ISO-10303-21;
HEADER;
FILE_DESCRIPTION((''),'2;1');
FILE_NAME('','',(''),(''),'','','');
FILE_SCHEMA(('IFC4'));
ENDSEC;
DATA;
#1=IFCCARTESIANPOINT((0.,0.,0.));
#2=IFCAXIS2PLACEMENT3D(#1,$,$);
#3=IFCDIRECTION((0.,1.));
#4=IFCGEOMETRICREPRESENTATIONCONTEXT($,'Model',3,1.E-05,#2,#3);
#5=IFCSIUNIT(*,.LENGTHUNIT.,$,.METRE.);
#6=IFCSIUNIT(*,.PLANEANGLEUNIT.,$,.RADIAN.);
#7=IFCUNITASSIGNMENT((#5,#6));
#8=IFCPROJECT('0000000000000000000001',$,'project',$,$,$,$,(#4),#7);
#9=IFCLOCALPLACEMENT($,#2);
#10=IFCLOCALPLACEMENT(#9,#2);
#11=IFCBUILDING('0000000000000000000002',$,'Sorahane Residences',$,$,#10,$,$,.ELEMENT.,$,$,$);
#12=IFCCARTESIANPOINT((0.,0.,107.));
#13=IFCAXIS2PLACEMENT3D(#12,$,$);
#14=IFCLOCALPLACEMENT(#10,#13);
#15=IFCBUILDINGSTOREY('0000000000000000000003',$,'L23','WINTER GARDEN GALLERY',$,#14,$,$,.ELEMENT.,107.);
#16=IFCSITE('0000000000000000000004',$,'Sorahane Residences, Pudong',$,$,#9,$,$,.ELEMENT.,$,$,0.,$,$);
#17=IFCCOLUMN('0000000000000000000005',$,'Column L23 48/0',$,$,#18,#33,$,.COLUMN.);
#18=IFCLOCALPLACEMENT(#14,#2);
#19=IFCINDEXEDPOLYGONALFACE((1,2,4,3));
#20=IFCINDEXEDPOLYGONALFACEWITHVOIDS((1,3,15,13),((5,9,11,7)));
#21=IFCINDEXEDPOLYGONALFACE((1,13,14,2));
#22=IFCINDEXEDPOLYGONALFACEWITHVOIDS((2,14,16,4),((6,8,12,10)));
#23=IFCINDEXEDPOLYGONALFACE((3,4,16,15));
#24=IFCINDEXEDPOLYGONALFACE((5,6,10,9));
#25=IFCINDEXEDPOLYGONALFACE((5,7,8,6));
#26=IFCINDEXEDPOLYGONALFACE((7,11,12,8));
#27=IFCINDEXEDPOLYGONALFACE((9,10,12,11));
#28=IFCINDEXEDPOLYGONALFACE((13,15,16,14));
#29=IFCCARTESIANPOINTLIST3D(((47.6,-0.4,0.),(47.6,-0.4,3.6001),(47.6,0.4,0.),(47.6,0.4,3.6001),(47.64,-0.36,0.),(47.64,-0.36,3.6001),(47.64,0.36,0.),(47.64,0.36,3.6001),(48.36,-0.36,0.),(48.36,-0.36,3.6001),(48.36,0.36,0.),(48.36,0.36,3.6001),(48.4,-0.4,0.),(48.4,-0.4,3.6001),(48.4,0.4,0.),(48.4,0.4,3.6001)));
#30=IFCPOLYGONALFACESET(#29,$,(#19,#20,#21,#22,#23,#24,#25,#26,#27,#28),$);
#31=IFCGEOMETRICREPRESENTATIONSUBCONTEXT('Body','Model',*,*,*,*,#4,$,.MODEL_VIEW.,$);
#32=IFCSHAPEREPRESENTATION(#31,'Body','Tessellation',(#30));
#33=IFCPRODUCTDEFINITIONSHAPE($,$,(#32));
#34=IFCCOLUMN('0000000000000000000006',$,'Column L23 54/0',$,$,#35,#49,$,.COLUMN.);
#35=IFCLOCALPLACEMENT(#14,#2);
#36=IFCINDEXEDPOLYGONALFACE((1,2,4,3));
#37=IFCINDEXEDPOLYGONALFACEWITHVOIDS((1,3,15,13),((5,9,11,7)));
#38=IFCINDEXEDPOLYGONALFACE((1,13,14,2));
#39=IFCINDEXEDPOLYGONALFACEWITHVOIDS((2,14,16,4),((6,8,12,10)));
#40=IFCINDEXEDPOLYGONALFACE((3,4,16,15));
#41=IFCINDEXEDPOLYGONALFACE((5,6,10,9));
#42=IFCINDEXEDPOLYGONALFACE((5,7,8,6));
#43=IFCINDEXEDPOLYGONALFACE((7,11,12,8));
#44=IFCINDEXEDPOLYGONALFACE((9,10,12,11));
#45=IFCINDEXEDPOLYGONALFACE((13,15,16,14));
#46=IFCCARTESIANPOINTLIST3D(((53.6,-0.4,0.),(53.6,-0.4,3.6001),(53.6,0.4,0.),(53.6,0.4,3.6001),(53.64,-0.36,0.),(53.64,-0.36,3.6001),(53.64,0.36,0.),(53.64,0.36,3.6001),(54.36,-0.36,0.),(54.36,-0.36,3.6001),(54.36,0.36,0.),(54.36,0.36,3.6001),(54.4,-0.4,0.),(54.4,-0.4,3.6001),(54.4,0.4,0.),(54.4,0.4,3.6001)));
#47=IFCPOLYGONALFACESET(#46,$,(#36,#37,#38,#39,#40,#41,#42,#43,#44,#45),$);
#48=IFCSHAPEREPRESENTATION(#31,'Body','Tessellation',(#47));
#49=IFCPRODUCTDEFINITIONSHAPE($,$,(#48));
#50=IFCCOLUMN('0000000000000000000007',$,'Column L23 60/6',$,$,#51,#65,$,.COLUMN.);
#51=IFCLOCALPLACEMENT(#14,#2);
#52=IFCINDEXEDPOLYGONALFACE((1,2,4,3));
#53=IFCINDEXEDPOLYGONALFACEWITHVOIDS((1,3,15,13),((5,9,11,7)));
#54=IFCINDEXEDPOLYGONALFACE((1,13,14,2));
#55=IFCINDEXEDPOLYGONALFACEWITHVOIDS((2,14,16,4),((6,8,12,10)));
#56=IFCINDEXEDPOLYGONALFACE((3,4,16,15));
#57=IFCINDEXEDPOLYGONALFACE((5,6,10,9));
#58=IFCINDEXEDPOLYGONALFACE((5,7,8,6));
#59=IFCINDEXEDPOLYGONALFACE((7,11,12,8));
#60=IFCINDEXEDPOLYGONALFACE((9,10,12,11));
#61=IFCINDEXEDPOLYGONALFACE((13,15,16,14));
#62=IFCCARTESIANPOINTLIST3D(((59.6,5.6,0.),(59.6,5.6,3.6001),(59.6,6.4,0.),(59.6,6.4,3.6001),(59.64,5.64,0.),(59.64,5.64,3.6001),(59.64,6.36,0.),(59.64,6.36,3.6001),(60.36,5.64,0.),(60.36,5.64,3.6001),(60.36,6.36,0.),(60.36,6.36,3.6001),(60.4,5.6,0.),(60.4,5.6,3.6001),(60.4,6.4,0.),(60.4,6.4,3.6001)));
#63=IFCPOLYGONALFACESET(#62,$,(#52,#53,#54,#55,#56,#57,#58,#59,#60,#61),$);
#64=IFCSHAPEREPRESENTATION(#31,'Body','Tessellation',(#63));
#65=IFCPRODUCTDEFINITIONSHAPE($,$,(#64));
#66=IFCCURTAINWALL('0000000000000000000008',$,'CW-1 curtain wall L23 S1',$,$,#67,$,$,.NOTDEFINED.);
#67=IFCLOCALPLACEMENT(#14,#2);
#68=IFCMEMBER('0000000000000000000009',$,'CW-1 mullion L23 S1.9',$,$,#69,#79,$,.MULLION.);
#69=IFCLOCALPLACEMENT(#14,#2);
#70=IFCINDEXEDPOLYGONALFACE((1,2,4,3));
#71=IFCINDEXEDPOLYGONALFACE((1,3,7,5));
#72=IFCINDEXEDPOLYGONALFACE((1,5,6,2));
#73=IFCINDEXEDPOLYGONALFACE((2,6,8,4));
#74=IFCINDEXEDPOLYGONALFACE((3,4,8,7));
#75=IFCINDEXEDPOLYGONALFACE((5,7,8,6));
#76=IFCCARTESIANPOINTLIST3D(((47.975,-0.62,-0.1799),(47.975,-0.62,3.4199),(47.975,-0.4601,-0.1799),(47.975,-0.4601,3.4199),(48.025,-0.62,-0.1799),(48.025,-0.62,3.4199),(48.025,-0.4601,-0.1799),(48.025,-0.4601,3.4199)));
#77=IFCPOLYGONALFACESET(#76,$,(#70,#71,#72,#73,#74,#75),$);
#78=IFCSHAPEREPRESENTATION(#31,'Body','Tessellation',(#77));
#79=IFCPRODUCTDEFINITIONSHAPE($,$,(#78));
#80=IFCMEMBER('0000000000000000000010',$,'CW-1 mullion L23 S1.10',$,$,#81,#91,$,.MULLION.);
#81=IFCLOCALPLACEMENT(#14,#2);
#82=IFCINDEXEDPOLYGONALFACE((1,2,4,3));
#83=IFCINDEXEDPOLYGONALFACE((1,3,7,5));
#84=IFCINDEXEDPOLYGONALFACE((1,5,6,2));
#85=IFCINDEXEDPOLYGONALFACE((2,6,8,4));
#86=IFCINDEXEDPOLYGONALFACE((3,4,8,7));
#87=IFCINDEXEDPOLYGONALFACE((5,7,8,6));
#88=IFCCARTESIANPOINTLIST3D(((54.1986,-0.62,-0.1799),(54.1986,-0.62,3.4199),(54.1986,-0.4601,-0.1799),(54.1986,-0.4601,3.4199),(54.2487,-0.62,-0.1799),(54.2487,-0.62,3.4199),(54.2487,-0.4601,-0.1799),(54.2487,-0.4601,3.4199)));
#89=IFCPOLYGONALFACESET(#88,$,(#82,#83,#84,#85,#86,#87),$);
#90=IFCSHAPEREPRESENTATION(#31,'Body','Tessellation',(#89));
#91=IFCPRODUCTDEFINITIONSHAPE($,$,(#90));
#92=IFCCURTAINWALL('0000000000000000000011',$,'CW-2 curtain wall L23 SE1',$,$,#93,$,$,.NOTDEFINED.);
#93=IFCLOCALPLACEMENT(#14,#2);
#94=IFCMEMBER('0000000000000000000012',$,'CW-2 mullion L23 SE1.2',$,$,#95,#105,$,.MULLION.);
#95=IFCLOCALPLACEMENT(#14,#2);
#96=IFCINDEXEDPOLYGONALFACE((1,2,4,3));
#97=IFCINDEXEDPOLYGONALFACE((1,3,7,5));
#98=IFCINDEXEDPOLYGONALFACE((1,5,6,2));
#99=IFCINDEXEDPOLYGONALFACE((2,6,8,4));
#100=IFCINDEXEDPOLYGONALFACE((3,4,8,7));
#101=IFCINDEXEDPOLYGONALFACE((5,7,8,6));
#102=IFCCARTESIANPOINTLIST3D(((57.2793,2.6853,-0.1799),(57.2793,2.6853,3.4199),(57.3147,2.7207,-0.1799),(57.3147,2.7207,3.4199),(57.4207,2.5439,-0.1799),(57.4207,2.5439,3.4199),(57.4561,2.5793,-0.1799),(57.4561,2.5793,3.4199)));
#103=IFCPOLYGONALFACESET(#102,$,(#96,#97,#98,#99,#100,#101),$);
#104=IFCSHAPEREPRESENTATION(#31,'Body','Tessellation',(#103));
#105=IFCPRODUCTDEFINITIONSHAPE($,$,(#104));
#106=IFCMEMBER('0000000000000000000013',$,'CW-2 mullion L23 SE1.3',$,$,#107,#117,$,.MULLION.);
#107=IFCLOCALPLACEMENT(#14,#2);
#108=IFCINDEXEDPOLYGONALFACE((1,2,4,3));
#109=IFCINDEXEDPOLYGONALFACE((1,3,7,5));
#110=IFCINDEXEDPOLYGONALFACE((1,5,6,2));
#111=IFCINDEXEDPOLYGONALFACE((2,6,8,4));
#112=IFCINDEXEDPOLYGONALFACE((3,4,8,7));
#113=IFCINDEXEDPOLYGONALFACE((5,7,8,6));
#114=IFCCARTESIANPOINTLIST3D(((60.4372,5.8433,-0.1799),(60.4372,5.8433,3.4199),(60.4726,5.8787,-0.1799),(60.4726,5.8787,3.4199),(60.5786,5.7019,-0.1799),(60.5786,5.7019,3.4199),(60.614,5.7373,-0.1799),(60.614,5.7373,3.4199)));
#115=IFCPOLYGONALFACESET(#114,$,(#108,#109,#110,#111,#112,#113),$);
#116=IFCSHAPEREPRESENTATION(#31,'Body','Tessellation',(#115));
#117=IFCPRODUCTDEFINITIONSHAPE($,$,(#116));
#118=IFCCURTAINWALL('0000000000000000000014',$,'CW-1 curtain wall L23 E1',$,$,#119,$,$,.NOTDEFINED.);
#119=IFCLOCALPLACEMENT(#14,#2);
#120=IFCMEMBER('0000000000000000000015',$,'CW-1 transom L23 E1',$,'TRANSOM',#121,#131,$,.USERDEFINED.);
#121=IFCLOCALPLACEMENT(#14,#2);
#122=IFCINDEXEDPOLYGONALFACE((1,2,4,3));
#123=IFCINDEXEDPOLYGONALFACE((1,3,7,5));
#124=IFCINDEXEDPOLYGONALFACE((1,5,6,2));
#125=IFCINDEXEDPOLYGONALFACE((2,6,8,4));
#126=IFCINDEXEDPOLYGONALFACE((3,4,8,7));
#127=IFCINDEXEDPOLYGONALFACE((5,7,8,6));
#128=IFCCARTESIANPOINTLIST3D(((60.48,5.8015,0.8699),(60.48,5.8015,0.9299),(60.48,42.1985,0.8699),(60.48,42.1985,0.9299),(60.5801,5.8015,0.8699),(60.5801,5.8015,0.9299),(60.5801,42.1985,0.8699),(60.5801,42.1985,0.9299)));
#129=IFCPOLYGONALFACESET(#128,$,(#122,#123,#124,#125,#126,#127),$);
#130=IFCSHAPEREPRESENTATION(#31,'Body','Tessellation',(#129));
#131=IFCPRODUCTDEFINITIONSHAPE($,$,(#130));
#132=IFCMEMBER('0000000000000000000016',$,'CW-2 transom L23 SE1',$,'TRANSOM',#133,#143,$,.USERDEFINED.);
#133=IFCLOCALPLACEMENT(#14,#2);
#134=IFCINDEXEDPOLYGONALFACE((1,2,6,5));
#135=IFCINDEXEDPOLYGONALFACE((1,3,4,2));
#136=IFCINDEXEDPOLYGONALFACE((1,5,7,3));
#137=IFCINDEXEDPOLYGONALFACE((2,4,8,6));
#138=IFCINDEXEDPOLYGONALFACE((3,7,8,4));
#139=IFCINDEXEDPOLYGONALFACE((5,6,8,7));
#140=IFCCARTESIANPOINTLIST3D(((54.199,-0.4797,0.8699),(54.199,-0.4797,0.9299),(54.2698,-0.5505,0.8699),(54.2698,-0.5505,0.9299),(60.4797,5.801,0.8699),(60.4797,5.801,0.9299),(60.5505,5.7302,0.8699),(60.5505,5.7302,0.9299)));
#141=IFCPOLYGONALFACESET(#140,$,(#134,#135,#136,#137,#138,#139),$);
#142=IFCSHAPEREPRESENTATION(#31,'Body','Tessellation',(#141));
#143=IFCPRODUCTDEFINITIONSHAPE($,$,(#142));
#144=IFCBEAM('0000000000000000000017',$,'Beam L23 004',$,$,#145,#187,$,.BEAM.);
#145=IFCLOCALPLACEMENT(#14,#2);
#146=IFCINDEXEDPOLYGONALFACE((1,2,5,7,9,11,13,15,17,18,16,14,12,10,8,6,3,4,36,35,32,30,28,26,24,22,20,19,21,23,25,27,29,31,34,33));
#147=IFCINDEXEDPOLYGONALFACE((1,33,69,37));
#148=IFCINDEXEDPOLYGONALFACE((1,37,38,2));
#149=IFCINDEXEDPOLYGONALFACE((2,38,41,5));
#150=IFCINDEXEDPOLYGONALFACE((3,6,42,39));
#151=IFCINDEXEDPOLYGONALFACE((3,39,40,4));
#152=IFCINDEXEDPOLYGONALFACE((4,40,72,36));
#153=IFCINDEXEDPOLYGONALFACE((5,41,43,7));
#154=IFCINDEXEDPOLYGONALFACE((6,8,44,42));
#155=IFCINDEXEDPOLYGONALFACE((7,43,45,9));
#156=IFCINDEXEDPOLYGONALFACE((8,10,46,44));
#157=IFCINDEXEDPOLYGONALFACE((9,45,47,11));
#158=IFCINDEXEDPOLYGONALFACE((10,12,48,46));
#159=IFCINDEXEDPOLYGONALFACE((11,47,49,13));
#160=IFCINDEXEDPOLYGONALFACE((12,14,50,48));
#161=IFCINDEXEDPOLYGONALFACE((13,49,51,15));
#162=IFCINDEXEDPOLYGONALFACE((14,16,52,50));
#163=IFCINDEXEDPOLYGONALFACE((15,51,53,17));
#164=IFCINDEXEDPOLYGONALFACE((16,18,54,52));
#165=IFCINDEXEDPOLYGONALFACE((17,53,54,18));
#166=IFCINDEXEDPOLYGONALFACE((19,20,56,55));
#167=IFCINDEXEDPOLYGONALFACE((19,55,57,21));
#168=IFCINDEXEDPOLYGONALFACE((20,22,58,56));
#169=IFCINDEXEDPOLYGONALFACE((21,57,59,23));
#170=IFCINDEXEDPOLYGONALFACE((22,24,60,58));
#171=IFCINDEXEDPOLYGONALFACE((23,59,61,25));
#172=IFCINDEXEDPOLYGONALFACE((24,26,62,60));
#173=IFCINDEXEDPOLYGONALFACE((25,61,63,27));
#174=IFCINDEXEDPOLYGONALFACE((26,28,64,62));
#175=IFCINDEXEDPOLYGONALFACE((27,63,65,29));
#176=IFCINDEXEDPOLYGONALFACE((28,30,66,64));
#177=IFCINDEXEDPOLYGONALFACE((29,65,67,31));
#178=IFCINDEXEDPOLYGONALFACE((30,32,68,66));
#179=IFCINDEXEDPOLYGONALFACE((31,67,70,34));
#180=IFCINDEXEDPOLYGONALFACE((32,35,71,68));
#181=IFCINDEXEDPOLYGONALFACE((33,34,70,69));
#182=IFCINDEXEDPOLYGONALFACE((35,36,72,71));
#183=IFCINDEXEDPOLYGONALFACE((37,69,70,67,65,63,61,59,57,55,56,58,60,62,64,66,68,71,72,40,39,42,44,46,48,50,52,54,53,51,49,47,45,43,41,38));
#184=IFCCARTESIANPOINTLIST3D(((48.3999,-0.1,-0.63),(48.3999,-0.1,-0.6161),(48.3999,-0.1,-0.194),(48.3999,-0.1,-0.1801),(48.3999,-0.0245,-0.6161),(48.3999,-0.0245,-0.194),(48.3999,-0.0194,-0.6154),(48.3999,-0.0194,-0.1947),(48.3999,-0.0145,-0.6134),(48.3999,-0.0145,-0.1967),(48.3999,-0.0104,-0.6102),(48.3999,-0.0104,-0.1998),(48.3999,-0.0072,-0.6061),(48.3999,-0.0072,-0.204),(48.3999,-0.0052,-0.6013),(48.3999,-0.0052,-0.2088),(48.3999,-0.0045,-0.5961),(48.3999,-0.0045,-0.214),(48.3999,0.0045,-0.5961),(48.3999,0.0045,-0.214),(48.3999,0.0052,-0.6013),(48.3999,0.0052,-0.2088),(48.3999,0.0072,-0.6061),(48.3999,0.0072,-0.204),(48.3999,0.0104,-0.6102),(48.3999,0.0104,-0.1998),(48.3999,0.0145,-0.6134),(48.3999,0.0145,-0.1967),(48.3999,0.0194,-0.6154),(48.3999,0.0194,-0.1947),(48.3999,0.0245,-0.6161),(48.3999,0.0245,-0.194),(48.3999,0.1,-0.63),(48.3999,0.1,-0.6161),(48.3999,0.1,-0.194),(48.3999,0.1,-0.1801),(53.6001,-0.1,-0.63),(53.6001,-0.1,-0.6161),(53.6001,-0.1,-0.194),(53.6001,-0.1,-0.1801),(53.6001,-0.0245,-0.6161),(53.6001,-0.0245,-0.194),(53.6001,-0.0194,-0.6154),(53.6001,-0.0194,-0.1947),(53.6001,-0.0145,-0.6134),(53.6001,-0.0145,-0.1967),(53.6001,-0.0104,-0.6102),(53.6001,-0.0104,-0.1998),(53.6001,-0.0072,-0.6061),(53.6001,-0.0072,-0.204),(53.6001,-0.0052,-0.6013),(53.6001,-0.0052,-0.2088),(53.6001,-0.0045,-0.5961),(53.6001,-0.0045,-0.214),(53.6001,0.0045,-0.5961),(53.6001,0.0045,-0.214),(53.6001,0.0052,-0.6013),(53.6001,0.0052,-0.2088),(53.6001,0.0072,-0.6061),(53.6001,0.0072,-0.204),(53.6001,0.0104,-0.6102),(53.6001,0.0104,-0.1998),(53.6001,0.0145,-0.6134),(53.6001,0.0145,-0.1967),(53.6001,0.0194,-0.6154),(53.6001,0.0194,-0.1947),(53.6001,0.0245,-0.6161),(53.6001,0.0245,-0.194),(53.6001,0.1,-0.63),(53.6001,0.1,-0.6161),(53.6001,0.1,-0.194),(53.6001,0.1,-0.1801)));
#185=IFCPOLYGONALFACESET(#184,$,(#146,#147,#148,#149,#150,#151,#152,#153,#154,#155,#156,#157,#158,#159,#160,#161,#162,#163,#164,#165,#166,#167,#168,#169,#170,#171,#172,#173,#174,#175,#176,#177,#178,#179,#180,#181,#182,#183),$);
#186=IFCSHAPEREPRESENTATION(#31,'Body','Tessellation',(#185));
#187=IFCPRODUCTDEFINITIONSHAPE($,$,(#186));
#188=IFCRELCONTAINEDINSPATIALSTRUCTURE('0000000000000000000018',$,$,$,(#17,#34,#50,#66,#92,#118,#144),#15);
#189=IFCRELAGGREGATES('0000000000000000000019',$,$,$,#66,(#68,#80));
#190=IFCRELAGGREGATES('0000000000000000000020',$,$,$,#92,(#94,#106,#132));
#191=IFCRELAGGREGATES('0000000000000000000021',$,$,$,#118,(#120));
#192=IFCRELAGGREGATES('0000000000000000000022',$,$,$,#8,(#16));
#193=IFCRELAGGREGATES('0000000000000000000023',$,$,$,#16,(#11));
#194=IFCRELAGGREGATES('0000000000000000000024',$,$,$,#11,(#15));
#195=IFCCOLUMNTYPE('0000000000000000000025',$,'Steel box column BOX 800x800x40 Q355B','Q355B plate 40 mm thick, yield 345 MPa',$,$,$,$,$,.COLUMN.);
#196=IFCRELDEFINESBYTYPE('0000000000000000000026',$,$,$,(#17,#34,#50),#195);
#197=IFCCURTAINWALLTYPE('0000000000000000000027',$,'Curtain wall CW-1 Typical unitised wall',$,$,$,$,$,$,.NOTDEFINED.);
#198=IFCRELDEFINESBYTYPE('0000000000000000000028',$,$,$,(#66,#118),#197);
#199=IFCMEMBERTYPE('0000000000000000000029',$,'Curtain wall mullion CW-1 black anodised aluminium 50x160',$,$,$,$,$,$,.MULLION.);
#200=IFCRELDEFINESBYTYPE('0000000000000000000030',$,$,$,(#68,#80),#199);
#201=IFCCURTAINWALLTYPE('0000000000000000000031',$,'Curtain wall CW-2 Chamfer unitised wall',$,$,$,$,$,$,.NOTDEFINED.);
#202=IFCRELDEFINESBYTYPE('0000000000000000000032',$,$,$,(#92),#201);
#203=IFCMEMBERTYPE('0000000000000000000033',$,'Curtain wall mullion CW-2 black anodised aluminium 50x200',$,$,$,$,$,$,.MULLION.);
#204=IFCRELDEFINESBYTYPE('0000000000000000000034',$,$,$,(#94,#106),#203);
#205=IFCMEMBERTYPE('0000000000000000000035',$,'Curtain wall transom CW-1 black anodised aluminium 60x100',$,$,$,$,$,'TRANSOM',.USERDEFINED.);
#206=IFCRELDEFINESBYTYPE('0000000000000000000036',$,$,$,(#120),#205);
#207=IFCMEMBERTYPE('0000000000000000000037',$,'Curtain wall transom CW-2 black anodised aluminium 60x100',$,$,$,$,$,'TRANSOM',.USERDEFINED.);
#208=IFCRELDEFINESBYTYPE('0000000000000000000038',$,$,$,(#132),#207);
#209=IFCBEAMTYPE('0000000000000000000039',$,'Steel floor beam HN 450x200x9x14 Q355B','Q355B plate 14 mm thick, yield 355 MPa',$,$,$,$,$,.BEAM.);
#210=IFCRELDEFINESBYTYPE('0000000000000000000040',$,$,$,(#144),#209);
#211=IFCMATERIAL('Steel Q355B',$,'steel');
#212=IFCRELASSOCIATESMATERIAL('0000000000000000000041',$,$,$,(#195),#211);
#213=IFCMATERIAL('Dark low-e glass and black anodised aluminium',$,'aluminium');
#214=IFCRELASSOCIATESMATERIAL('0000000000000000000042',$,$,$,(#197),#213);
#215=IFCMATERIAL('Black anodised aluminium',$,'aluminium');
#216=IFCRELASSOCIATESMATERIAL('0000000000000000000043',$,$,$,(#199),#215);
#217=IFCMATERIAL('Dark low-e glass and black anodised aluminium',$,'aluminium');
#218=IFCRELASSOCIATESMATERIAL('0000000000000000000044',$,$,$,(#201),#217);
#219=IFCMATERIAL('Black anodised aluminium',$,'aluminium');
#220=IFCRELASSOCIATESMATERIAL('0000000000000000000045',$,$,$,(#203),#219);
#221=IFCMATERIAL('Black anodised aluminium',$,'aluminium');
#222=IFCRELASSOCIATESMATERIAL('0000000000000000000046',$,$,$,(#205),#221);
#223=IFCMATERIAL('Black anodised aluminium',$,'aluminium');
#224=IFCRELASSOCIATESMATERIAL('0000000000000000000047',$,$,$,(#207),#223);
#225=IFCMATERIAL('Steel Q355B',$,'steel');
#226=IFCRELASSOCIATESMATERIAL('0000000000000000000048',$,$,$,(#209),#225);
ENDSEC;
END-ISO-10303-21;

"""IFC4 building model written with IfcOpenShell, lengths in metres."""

from ifc_helpers import new_model, si_unit, direction, frame, origin, origin_2d, place, context, subcontext, project, spatial, rectangle, hollow_rectangle, i_section, extrude, material, material_profile, profile_set, type_object, element, aggregate, save


model = new_model("IFC4")

# Units and contexts
model_context = context("Model", 3, precision=1e-05, world=origin(), true_north=direction((0.0, 1.0)))
body_context = subcontext(model_context, "Body", "Model", "MODEL_VIEW")
ifc_project = project(units=[si_unit("LENGTHUNIT", "METRE"), si_unit("PLANEANGLEUNIT", "RADIAN")], contexts=[model_context])

# Site, building, storey
site_placement = place(None, origin())
site = spatial("IfcSite", under=ifc_project, at=site_placement, Name="Sorahane Residences, Pudong", CompositionType="ELEMENT", RefElevation=0.0)
building_placement = place(site_placement, origin())
building = spatial("IfcBuilding", under=site, at=building_placement, Name="Sorahane Residences", CompositionType="ELEMENT")
storey_placement = place(building_placement, frame((0.0, 0.0, 107.0)))
storey = spatial("IfcBuildingStorey", under=building, at=storey_placement, Name="L23", Description="WINTER GARDEN GALLERY", CompositionType="ELEMENT", Elevation=107.0)

# Columns
ifc_material_1 = material(Name="Steel Q355B", Category="steel")
ifc_material_profile_1 = material_profile(ifc_material_1, hollow_rectangle(XDim=0.8, YDim=0.8, WallThickness=0.04, at=origin_2d()), Name="BOX 800x800x40")
ifc_profile_set_1 = profile_set([ifc_material_profile_1], Name="Steel Q355B")
column_type = type_object("IfcColumnType", Name="Steel box column BOX 800x800x40 Q355B", Description="Q355B plate 40 mm thick, yield 345 MPa", PredefinedType="COLUMN", material=ifc_profile_set_1)
for number, where, z_axis, x_axis, name in (
    (1, (48.0, 0.0, 0.0), (0.0, 0.0, 1.0), (1.0, 0.0, 0.0), "Column L23 48/0"),
    (2, (54.0, 0.0, 0.0), (0.0, 0.0, 1.0), (1.0, 0.0, 0.0), "Column L23 54/0"),
    (3, (60.0, 6.0, 0.0), (0.0, 0.0, 1.0), (1.0, 0.0, 0.0), "Column L23 60/6"),
):
    element("IfcColumn", number, at=place(storey_placement, frame(where, z_axis=z_axis, x_axis=x_axis)), inside=storey, type_object=column_type, Name=name, PredefinedType="COLUMN", context=body_context, shape_type="SweptSolid", body=[
        extrude(hollow_rectangle(XDim=0.8, YDim=0.8, WallThickness=0.04, at=origin_2d()), origin(), (0.0, 0.0, 1.0), 3.6001),
    ])

# Curtain walls, members
ifc_material_2 = material(Name="Dark low-e glass and black anodised aluminium", Category="aluminium")
curtain_wall_type_1 = type_object("IfcCurtainWallType", Name="Curtain wall CW-1 Typical unitised wall", PredefinedType="NOTDEFINED", material=ifc_material_2)
curtain_wall_1_placement = place(storey_placement, origin())
curtain_wall_1 = element("IfcCurtainWall", 4, at=curtain_wall_1_placement, inside=storey, type_object=curtain_wall_type_1, Name="CW-1 curtain wall L23 S1", PredefinedType="NOTDEFINED")
ifc_material_3 = material(Name="Black anodised aluminium", Category="aluminium")
ifc_material_profile_2 = material_profile(ifc_material_3, rectangle(XDim=0.1599, YDim=0.05, at=origin_2d()), Name="Curtain wall mullion CW-1 black anodised aluminium 50x160")
ifc_profile_set_2 = profile_set([ifc_material_profile_2], Name="Black anodised aluminium")
member_type_1 = type_object("IfcMemberType", Name="Curtain wall mullion CW-1 black anodised aluminium 50x160", PredefinedType="MULLION", material=ifc_profile_set_2)
member_1_placement = place(storey_placement, frame((48.0, -0.54, -0.1799), z_axis=(0.0, 0.0, 1.0), x_axis=(0.0, -1.0, 0.0)))
member_1 = element("IfcMember", 5, at=member_1_placement, type_object=member_type_1, Name="CW-1 mullion L23 S1.9", PredefinedType="MULLION", context=body_context, shape_type="SweptSolid", body=[
    extrude(rectangle(XDim=0.1599, YDim=0.05, at=origin_2d()), origin(), (0.0, 0.0, 1.0), 3.5999),
])
member_2_placement = place(storey_placement, frame((54.2236, -0.54, -0.1799), z_axis=(0.0, 0.0, 1.0), x_axis=(0.0, -1.0, 0.0)))
member_2 = element("IfcMember", 6, at=member_2_placement, type_object=member_type_1, Name="CW-1 mullion L23 S1.10", PredefinedType="MULLION", context=body_context, shape_type="SweptSolid", body=[
    extrude(rectangle(XDim=0.1599, YDim=0.05, at=origin_2d()), origin(), (0.0, 0.0, 1.0), 3.5999),
])
ifc_material_4 = material(Name="Dark low-e glass and black anodised aluminium", Category="aluminium")
curtain_wall_type_2 = type_object("IfcCurtainWallType", Name="Curtain wall CW-2 Chamfer unitised wall", PredefinedType="NOTDEFINED", material=ifc_material_4)
curtain_wall_2_placement = place(storey_placement, origin())
curtain_wall_2 = element("IfcCurtainWall", 7, at=curtain_wall_2_placement, inside=storey, type_object=curtain_wall_type_2, Name="CW-2 curtain wall L23 SE1", PredefinedType="NOTDEFINED")
ifc_material_5 = material(Name="Black anodised aluminium", Category="aluminium")
ifc_material_profile_3 = material_profile(ifc_material_5, rectangle(XDim=0.2, YDim=0.05, at=origin_2d()), Name="Curtain wall mullion CW-2 black anodised aluminium 50x200")
ifc_profile_set_3 = profile_set([ifc_material_profile_3], Name="Black anodised aluminium")
member_type_2 = type_object("IfcMemberType", Name="Curtain wall mullion CW-2 black anodised aluminium 50x200", PredefinedType="MULLION", material=ifc_profile_set_3)
member_3_placement = place(storey_placement, frame((57.3677, 2.6323, -0.1799), z_axis=(0.0, 0.0, 1.0), x_axis=(0.707107, -0.707107, 0.0)))
member_3 = element("IfcMember", 8, at=member_3_placement, type_object=member_type_2, Name="CW-2 mullion L23 SE1.2", PredefinedType="MULLION", context=body_context, shape_type="SweptSolid", body=[
    extrude(rectangle(XDim=0.2, YDim=0.05, at=origin_2d()), origin(), (0.0, 0.0, 1.0), 3.5999),
])
member_4_placement = place(storey_placement, frame((60.5256, 5.7903, -0.1799), z_axis=(0.0, 0.0, 1.0), x_axis=(0.707107, -0.707107, 0.0)))
member_4 = element("IfcMember", 9, at=member_4_placement, type_object=member_type_2, Name="CW-2 mullion L23 SE1.3", PredefinedType="MULLION", context=body_context, shape_type="SweptSolid", body=[
    extrude(rectangle(XDim=0.2, YDim=0.05, at=origin_2d()), origin(), (0.0, 0.0, 1.0), 3.5999),
])

# Curtain wall, member
curtain_wall_3_placement = place(storey_placement, origin())
curtain_wall_3 = element("IfcCurtainWall", 10, at=curtain_wall_3_placement, inside=storey, type_object=curtain_wall_type_1, Name="CW-1 curtain wall L23 E1", PredefinedType="NOTDEFINED")
ifc_material_6 = material(Name="Black anodised aluminium", Category="aluminium")
ifc_material_profile_4 = material_profile(ifc_material_6, rectangle(XDim=0.1001, YDim=0.0601, at=origin_2d()), Name="Curtain wall transom CW-1 black anodised aluminium 60x100")
ifc_profile_set_4 = profile_set([ifc_material_profile_4], Name="Black anodised aluminium")
member_type_3 = type_object("IfcMemberType", Name="Curtain wall transom CW-1 black anodised aluminium 60x100", ElementType="TRANSOM", PredefinedType="USERDEFINED", material=ifc_profile_set_4)
member_5_placement = place(storey_placement, frame((60.53, 5.8015, 0.8999), z_axis=(0.0, 1.0, 0.0), x_axis=(-1.0, 0.0, 0.0)))
member_5 = element("IfcMember", 11, at=member_5_placement, type_object=member_type_3, Name="CW-1 transom L23 E1", ObjectType="TRANSOM", PredefinedType="USERDEFINED", context=body_context, shape_type="SweptSolid", body=[
    extrude(rectangle(XDim=0.1001, YDim=0.0601, at=origin_2d()), origin(), (0.0, 0.0, 1.0), 36.397),
])

# Member
ifc_material_7 = material(Name="Black anodised aluminium", Category="aluminium")
ifc_material_profile_5 = material_profile(ifc_material_7, rectangle(XDim=0.1001, YDim=0.0601, at=origin_2d()), Name="Curtain wall transom CW-2 black anodised aluminium 60x100")
ifc_profile_set_5 = profile_set([ifc_material_profile_5], Name="Black anodised aluminium")
member_type_4 = type_object("IfcMemberType", Name="Curtain wall transom CW-2 black anodised aluminium 60x100", ElementType="TRANSOM", PredefinedType="USERDEFINED", material=ifc_profile_set_5)
member_6_placement = place(storey_placement, frame((54.2344, -0.5151, 0.8999), z_axis=(0.707107, 0.707107, 0.0), x_axis=(-0.707107, 0.707107, 0.0)))
member_6 = element("IfcMember", 12, at=member_6_placement, type_object=member_type_4, Name="CW-2 transom L23 SE1", ObjectType="TRANSOM", PredefinedType="USERDEFINED", context=body_context, shape_type="SweptSolid", body=[
    extrude(rectangle(XDim=0.1001, YDim=0.0601, at=origin_2d()), origin(), (0.0, 0.0, 1.0), 8.8823),
])

# Beam
ifc_material_8 = material(Name="Steel Q355B", Category="steel")
ifc_material_profile_6 = material_profile(ifc_material_8, i_section(OverallWidth=0.2, OverallDepth=0.45, WebThickness=0.009, FlangeThickness=0.0139, FilletRadius=0.02, at=origin_2d()), Name="HN 450x200x9x14")
ifc_profile_set_6 = profile_set([ifc_material_profile_6], Name="Steel Q355B")
beam_type_1 = type_object("IfcBeamType", Name="Steel floor beam HN 450x200x9x14 Q355B", Description="Q355B plate 14 mm thick, yield 355 MPa", PredefinedType="BEAM", material=ifc_profile_set_6)
for number, where, z_axis, x_axis, name in (
    (13, (48.3999, 0.0, -0.405), (1.0, 0.0, 0.0), (0.0, 1.0, 0.0), "Beam L23 004"),
):
    element("IfcBeam", number, at=place(storey_placement, frame(where, z_axis=z_axis, x_axis=x_axis)), inside=storey, type_object=beam_type_1, Name=name, PredefinedType="BEAM", context=body_context, shape_type="SweptSolid", body=[
        extrude(i_section(OverallWidth=0.2, OverallDepth=0.45, WebThickness=0.009, FlangeThickness=0.0139, FilletRadius=0.02, at=origin_2d()), origin(), (0.0, 0.0, 1.0), 5.2002),
    ])

aggregate(curtain_wall_1, [member_1, member_2])
aggregate(curtain_wall_2, [member_3, member_4, member_6])
aggregate(curtain_wall_3, [member_5])

save(model, "model.ifc")
